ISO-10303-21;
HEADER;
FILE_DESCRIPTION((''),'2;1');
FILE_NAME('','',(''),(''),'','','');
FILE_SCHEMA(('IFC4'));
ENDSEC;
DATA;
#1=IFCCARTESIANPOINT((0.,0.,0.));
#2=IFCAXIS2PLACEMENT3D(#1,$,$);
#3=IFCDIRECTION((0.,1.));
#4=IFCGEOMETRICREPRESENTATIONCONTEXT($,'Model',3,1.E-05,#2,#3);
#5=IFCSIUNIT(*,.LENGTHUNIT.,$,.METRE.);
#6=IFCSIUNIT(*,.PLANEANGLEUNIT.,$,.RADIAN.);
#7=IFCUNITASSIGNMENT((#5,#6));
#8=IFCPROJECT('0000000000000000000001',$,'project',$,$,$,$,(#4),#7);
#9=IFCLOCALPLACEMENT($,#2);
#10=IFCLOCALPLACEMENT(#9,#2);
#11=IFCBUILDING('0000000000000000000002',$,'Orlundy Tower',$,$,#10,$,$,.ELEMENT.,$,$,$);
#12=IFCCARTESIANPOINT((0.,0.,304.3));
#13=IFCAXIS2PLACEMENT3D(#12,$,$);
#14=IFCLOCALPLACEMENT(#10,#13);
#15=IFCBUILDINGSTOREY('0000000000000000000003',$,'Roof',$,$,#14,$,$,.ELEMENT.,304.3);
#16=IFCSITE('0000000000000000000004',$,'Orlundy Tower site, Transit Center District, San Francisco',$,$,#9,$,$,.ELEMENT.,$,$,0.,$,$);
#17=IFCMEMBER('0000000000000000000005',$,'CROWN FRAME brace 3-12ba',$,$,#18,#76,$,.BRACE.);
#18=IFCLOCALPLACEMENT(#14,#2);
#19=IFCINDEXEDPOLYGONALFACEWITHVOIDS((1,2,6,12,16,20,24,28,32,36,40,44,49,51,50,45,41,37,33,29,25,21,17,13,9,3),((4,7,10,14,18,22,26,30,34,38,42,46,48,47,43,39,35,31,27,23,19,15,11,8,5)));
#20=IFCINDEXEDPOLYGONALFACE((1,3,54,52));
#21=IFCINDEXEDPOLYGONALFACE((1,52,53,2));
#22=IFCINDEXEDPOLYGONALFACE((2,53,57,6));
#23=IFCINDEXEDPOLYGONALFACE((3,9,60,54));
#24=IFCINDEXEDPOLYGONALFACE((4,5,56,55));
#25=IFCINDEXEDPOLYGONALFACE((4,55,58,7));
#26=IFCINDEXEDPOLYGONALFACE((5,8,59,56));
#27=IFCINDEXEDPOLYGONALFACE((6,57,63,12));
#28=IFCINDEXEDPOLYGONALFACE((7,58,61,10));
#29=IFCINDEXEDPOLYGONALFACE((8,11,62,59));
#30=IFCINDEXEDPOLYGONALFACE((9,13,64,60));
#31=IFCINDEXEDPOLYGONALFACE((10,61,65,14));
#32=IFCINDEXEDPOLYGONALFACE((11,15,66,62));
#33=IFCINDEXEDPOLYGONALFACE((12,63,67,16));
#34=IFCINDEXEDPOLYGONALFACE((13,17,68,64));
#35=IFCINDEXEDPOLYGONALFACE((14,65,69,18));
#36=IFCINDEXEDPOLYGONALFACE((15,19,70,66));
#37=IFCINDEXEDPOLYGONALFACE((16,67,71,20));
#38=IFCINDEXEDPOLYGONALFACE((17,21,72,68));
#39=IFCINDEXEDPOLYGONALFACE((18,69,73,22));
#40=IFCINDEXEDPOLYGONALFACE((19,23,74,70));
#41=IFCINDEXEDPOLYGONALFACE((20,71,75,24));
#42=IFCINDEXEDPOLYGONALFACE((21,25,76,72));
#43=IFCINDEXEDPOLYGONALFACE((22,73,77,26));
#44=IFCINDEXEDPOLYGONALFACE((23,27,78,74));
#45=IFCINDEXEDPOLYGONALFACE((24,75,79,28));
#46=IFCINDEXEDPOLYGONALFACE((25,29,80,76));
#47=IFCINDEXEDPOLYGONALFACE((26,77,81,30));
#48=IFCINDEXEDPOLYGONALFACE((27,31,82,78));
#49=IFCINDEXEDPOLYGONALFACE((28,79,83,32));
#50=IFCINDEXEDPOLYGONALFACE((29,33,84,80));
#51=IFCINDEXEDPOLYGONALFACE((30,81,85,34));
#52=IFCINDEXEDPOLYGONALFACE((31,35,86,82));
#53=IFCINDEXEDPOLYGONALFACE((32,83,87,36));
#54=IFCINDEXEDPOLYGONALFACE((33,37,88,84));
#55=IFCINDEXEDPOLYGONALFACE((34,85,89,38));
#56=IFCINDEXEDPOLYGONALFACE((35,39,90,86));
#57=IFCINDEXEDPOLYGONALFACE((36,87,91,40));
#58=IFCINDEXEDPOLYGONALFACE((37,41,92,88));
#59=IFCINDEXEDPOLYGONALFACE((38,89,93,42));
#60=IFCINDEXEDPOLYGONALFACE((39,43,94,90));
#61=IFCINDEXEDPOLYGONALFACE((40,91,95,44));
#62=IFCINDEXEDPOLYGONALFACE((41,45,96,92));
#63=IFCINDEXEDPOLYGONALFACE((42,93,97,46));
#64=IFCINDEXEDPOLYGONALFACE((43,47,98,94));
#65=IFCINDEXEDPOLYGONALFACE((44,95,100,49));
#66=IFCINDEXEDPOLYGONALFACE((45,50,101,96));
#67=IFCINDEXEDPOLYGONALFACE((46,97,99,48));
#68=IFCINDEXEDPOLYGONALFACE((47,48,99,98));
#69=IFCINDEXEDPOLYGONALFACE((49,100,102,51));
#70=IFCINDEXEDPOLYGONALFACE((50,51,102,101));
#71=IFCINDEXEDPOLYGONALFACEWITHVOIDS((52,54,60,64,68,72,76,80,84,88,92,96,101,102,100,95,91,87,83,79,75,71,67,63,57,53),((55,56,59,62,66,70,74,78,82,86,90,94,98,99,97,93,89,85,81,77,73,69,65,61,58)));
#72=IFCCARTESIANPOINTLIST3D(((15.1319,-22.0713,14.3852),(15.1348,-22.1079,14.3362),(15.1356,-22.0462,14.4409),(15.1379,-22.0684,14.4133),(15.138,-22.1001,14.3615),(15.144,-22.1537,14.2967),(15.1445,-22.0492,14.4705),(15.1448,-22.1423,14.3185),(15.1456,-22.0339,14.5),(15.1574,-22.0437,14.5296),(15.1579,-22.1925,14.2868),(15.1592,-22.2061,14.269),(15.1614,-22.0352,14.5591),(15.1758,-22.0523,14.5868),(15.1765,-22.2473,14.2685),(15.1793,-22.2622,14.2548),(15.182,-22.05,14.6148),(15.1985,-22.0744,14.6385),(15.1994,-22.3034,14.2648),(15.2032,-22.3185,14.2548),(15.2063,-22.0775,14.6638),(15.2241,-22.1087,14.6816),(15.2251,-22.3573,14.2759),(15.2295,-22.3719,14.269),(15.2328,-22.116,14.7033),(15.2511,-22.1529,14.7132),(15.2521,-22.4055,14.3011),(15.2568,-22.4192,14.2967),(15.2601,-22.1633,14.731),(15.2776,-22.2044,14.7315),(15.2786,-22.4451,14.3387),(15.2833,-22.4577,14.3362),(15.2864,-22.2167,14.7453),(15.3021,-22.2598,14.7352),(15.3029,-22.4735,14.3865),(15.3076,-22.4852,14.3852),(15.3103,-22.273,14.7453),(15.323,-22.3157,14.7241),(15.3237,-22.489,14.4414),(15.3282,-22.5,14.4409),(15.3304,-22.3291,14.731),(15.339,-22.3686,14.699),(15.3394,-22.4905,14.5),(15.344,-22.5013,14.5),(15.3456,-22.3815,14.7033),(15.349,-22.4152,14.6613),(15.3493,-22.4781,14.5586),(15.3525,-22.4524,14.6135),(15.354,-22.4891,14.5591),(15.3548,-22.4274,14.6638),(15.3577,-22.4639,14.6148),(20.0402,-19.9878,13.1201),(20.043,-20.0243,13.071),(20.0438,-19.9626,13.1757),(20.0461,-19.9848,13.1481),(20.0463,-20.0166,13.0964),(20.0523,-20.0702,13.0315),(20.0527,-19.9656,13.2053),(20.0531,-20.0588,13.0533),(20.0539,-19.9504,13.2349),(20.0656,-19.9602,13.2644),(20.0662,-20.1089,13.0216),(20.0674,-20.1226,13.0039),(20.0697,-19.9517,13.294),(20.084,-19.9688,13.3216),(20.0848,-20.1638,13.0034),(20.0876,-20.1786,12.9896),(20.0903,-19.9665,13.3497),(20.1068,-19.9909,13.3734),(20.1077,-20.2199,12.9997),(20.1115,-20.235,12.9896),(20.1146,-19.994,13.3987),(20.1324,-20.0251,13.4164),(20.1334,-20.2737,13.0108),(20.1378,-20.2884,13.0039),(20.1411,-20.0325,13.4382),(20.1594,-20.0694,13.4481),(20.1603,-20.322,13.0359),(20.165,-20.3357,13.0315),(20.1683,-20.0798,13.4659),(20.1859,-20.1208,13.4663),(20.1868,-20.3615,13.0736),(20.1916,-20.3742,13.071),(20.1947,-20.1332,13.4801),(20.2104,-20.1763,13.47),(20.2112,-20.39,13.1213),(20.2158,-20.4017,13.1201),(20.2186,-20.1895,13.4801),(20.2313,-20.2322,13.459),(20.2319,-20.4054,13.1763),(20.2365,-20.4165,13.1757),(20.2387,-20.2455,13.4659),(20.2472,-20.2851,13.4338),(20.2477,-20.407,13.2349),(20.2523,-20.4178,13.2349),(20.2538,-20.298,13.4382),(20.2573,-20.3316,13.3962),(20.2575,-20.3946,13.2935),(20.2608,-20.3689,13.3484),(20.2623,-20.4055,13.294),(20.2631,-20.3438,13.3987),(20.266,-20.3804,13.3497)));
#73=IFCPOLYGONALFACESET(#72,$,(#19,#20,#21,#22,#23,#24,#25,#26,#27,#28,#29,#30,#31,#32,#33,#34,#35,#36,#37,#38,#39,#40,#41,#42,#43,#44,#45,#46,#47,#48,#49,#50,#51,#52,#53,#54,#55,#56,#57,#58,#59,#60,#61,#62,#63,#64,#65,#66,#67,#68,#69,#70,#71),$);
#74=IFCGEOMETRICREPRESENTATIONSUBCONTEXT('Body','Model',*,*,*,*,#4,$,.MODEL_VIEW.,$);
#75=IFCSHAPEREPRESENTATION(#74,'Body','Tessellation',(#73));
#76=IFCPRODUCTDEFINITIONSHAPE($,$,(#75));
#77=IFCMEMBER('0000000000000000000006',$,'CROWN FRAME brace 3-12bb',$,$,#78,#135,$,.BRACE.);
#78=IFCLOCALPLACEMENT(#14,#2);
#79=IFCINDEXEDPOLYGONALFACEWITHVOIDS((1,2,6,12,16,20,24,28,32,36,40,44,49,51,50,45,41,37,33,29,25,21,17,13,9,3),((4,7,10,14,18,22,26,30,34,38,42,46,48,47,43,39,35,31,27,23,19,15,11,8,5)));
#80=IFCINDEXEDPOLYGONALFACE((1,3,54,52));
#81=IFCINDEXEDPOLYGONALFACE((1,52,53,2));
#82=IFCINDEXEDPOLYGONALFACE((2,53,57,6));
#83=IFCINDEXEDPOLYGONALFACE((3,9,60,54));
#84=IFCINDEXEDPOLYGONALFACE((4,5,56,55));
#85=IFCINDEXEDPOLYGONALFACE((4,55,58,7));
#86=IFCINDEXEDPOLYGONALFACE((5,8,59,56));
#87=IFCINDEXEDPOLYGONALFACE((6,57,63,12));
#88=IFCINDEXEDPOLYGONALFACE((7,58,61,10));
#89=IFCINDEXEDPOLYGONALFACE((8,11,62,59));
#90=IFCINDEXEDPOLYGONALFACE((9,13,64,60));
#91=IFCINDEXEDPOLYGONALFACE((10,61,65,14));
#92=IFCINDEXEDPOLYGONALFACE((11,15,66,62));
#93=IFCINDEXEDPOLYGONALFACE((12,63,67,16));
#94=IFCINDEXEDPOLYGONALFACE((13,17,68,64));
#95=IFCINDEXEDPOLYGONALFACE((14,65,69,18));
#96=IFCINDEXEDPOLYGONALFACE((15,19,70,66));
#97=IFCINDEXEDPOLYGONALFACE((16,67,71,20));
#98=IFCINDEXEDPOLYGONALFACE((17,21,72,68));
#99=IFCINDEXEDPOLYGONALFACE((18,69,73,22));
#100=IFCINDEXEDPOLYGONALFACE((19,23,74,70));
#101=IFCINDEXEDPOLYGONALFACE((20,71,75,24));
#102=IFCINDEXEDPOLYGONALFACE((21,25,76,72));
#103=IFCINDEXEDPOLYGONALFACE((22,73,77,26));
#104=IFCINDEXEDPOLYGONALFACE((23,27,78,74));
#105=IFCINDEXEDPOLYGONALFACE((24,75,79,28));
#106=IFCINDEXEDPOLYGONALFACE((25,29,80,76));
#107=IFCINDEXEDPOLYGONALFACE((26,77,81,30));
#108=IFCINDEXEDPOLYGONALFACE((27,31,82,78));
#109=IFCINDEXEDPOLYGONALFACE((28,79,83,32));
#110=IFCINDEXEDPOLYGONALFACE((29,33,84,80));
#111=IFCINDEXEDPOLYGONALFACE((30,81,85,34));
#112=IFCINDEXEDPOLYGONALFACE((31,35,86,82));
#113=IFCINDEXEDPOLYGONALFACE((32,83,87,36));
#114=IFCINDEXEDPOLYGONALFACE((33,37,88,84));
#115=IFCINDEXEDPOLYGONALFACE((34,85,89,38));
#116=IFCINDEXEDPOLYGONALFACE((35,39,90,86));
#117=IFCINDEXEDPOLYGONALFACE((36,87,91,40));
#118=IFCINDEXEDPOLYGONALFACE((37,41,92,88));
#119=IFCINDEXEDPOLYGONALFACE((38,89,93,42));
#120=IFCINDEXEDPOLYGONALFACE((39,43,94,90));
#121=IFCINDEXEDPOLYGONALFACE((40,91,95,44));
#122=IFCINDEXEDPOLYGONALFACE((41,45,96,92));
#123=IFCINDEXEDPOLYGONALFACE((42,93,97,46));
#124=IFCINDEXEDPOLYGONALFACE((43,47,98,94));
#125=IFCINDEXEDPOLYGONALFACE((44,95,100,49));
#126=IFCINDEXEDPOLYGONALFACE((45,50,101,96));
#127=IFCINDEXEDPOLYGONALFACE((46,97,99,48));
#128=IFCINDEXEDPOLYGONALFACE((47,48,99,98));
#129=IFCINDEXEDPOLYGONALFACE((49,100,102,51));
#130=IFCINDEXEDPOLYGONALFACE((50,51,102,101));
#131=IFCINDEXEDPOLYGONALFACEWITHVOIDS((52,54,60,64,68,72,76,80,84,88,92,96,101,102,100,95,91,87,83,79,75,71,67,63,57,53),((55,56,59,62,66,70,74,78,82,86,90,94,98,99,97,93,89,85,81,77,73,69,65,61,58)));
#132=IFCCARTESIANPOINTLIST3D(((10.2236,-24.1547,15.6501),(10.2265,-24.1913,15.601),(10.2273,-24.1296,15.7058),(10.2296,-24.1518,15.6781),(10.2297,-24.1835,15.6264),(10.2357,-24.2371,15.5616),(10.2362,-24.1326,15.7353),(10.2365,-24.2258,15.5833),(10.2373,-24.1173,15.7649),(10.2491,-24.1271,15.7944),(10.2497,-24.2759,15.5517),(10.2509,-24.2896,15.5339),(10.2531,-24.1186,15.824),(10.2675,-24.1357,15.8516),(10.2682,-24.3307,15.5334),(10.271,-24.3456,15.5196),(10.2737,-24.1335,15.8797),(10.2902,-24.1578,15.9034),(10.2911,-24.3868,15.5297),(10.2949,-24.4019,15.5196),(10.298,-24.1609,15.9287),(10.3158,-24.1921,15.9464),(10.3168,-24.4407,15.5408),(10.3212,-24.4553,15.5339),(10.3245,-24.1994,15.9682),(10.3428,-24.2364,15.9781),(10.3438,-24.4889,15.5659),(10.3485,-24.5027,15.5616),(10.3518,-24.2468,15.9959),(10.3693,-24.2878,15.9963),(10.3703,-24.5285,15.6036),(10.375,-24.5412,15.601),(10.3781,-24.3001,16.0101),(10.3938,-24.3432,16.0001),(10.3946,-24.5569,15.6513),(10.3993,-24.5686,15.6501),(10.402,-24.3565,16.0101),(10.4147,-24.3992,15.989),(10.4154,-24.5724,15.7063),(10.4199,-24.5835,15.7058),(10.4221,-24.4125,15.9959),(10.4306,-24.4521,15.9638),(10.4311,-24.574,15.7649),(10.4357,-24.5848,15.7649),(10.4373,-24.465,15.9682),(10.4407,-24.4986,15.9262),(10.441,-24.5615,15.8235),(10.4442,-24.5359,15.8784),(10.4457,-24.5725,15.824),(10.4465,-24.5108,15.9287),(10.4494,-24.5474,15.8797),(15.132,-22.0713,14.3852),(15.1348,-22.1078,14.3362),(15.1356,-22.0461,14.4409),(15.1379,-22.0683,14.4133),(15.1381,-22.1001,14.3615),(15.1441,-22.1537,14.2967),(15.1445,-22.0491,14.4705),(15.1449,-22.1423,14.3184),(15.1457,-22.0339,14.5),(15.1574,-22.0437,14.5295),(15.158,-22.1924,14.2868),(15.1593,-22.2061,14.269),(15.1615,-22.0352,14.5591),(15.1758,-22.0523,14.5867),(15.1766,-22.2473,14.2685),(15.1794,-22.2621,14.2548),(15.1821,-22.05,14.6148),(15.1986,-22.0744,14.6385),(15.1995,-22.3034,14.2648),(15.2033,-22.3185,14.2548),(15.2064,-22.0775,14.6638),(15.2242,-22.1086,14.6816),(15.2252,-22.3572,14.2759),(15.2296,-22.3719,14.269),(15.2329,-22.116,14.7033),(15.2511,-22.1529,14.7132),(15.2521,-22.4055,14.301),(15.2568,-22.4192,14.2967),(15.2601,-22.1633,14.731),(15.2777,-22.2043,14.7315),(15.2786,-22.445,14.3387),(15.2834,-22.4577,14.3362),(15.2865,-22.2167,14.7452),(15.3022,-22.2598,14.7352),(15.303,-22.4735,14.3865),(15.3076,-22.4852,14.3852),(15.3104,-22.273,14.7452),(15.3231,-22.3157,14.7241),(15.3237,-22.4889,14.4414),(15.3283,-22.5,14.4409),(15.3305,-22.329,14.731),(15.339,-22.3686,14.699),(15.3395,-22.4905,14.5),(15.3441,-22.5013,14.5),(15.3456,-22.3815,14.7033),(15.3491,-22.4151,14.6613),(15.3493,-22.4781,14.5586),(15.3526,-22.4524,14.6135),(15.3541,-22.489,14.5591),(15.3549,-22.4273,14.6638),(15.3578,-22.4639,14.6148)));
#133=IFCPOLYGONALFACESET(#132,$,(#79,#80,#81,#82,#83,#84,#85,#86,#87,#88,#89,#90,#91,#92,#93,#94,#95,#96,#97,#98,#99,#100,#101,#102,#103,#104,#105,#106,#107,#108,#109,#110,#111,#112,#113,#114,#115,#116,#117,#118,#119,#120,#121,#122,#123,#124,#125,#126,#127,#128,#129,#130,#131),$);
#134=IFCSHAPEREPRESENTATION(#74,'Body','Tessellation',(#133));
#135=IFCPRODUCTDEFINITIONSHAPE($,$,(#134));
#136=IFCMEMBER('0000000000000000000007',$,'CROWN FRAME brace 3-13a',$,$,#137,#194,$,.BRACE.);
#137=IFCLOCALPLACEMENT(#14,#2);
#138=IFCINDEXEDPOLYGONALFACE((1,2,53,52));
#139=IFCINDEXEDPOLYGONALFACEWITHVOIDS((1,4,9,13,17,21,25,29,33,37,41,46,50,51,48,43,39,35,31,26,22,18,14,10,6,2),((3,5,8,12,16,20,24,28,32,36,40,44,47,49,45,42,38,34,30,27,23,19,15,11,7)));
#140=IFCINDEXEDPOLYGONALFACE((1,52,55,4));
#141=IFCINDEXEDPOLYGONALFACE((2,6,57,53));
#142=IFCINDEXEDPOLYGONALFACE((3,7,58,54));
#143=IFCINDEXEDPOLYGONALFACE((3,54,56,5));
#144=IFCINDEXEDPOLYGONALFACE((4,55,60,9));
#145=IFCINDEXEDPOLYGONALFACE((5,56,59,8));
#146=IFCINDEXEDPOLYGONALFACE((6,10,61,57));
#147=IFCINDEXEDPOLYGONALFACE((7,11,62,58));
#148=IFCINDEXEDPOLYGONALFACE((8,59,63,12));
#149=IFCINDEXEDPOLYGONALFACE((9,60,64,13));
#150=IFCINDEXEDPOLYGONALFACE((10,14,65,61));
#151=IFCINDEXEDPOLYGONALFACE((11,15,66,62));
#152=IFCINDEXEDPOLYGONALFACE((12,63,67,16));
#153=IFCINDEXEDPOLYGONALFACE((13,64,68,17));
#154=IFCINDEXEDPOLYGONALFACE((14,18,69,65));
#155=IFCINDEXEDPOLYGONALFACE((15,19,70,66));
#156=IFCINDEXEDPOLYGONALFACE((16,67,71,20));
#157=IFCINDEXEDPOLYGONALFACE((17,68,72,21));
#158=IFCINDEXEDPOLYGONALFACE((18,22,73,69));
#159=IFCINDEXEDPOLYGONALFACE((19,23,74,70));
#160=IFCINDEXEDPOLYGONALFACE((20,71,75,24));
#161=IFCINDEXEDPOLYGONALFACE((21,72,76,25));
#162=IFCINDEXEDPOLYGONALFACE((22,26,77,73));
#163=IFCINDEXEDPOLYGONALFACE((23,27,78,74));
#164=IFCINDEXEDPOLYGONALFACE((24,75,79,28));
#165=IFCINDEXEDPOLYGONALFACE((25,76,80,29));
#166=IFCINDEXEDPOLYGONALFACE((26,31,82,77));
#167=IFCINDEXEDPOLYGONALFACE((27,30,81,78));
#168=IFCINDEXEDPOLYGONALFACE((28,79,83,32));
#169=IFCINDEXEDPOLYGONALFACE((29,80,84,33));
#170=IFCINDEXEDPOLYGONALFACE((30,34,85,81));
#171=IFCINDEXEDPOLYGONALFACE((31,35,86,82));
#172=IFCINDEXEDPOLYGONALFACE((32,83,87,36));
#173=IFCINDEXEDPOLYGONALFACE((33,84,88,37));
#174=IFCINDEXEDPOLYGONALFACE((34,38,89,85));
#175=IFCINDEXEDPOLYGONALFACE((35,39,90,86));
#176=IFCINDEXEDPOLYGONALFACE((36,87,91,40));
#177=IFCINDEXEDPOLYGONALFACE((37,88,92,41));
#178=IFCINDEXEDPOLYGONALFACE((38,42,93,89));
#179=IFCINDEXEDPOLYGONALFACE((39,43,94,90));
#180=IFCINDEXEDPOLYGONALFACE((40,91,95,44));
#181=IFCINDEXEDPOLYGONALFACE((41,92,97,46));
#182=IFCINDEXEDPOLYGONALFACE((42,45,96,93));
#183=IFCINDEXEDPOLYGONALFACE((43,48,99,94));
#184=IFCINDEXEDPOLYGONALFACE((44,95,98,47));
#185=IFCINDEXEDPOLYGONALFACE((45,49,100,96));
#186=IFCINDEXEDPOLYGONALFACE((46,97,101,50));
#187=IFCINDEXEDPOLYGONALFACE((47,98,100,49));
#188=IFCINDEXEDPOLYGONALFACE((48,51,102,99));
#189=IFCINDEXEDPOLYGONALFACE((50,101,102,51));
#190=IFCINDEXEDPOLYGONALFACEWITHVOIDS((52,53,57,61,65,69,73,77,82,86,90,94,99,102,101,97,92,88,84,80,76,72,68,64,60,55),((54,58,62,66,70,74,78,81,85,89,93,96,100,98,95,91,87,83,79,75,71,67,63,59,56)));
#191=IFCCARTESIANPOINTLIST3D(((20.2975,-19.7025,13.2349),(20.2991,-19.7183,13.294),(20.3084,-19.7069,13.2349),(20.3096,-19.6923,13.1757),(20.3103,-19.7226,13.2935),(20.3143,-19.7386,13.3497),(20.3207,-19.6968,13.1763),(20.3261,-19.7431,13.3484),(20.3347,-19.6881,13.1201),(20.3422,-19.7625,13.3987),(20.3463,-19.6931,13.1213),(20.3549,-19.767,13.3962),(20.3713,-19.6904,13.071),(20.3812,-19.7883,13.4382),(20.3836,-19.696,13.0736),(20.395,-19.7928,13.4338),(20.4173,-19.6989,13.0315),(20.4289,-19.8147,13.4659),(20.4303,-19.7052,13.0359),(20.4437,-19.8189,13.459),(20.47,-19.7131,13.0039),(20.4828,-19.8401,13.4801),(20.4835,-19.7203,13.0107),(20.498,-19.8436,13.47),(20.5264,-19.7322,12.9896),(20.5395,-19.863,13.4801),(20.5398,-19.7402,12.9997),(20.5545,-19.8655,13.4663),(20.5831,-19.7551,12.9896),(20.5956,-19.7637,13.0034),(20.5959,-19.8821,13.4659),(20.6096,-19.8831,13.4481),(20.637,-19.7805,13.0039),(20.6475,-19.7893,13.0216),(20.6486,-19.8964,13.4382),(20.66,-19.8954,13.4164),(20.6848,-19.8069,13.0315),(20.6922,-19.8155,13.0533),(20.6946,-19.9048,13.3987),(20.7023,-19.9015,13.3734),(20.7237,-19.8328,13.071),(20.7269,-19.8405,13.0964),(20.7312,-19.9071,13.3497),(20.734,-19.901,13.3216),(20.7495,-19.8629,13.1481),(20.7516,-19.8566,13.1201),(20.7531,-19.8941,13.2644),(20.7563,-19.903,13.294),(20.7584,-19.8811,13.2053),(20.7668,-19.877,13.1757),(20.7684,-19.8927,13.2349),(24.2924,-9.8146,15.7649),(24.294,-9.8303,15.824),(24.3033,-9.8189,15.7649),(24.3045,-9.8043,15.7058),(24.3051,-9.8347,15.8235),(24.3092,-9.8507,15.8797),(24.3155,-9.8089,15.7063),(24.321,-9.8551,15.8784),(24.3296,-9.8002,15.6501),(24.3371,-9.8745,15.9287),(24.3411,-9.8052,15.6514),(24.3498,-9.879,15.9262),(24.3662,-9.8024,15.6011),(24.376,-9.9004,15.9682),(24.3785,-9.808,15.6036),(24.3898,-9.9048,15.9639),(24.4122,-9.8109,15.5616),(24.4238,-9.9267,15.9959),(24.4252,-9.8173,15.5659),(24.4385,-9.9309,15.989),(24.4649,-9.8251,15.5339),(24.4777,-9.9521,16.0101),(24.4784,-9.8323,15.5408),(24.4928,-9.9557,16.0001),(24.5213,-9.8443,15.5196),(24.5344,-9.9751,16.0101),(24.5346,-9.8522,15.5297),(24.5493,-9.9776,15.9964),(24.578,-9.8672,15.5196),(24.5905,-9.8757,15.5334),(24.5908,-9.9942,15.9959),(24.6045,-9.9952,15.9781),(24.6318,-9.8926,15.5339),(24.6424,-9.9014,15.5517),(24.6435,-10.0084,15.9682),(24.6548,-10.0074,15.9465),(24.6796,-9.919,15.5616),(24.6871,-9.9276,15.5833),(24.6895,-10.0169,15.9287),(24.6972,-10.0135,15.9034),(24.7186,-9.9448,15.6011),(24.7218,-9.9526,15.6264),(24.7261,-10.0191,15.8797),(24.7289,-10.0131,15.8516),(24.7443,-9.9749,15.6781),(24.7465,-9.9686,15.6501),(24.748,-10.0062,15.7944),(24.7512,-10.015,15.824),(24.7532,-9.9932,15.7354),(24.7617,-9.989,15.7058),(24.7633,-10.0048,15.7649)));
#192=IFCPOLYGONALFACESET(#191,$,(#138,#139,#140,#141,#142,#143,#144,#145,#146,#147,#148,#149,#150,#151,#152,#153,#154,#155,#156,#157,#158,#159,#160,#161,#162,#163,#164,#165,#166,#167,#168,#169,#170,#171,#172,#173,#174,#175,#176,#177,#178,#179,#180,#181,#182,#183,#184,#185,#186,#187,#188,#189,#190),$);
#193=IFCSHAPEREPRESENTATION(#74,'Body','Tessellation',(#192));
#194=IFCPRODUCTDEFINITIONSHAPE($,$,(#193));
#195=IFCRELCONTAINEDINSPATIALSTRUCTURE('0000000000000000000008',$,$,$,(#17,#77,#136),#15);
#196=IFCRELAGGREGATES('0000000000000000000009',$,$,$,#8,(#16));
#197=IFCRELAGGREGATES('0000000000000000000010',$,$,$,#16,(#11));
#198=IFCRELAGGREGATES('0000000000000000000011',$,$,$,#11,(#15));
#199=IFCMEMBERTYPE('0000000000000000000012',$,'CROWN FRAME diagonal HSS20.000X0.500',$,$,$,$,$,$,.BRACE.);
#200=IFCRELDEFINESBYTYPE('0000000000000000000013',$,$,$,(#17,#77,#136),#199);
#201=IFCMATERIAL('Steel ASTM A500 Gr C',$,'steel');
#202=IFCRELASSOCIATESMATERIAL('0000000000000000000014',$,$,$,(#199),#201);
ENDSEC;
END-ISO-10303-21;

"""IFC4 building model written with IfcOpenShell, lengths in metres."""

from ifc_helpers import new_model, si_unit, direction, frame, origin, origin_2d, place, context, subcontext, project, spatial, hollow_circle, extrude, material, material_profile, profile_set, type_object, element, save


model = new_model("IFC4")

# Units and contexts
model_context = context("Model", 3, precision=1e-05, world=origin(), true_north=direction((0.0, 1.0)))
body_context = subcontext(model_context, "Body", "Model", "MODEL_VIEW")
ifc_project = project(units=[si_unit("LENGTHUNIT", "METRE"), si_unit("PLANEANGLEUNIT", "RADIAN")], contexts=[model_context])

# Site, building, storey
site_placement = place(None, origin())
site = spatial("IfcSite", under=ifc_project, at=site_placement, Name="Orlundy Tower site, Transit Center District, San Francisco", CompositionType="ELEMENT", RefElevation=0.0)
building_placement = place(site_placement, origin())
building = spatial("IfcBuilding", under=site, at=building_placement, Name="Orlundy Tower", CompositionType="ELEMENT")
storey_placement = place(building_placement, frame((0.0, 0.0, 304.3)))
storey = spatial("IfcBuildingStorey", under=building, at=storey_placement, Name="Roof", CompositionType="ELEMENT", Elevation=304.3)

# Members
ifc_material_1 = material(Name="Steel ASTM A500 Gr C", Category="steel")
ifc_material_profile_1 = material_profile(ifc_material_1, hollow_circle(Radius=0.2539, WallThickness=0.0117, at=origin_2d()), Name="HSS20.000X0.500")
ifc_profile_set_1 = profile_set([ifc_material_profile_1], Name="Steel ASTM A500 Gr C")
member_type_1 = type_object("IfcMemberType", Name="CROWN FRAME diagonal HSS20.000X0.500", PredefinedType="BRACE", material=ifc_profile_set_1)
for number, where, z_axis, x_axis, name in (
    (1, (20.1531, -20.1841, 13.2349), (-0.895634, -0.38019, 0.230858), (0.390745, -0.920499, 0.0), "CROWN FRAME brace 3-12ba"),
    (2, (15.2449, -22.2676, 14.5), (-0.895652, -0.380179, 0.230807), (0.390729, -0.920506, 0.0), "CROWN FRAME brace 3-12bb"),
):
    element("IfcMember", number, at=place(storey_placement, frame(where, z_axis=z_axis, x_axis=x_axis)), inside=storey, type_object=member_type_1, Name=name, PredefinedType="BRACE", context=body_context, shape_type="SweptSolid", body=[
        extrude(hollow_circle(Radius=0.2539, WallThickness=0.0117, at=origin_2d()), origin(), (0.0, 0.0, 1.0), 5.4802),
    ])
member_1_placement = place(storey_placement, frame((20.533, -19.7976, 13.2349), z_axis=(0.364481, 0.902147, 0.230833), x_axis=(-0.927188, 0.374597, 0.0)))
element("IfcMember", 3, at=member_1_placement, inside=storey, type_object=member_type_1, Name="CROWN FRAME brace 3-13a", PredefinedType="BRACE", context=body_context, shape_type="SweptSolid", body=[
    extrude(hollow_circle(Radius=0.2539, WallThickness=0.0117, at=origin_2d()), origin(), (0.0, 0.0, 1.0), 10.9604),
])

save(model, "model.ifc")
